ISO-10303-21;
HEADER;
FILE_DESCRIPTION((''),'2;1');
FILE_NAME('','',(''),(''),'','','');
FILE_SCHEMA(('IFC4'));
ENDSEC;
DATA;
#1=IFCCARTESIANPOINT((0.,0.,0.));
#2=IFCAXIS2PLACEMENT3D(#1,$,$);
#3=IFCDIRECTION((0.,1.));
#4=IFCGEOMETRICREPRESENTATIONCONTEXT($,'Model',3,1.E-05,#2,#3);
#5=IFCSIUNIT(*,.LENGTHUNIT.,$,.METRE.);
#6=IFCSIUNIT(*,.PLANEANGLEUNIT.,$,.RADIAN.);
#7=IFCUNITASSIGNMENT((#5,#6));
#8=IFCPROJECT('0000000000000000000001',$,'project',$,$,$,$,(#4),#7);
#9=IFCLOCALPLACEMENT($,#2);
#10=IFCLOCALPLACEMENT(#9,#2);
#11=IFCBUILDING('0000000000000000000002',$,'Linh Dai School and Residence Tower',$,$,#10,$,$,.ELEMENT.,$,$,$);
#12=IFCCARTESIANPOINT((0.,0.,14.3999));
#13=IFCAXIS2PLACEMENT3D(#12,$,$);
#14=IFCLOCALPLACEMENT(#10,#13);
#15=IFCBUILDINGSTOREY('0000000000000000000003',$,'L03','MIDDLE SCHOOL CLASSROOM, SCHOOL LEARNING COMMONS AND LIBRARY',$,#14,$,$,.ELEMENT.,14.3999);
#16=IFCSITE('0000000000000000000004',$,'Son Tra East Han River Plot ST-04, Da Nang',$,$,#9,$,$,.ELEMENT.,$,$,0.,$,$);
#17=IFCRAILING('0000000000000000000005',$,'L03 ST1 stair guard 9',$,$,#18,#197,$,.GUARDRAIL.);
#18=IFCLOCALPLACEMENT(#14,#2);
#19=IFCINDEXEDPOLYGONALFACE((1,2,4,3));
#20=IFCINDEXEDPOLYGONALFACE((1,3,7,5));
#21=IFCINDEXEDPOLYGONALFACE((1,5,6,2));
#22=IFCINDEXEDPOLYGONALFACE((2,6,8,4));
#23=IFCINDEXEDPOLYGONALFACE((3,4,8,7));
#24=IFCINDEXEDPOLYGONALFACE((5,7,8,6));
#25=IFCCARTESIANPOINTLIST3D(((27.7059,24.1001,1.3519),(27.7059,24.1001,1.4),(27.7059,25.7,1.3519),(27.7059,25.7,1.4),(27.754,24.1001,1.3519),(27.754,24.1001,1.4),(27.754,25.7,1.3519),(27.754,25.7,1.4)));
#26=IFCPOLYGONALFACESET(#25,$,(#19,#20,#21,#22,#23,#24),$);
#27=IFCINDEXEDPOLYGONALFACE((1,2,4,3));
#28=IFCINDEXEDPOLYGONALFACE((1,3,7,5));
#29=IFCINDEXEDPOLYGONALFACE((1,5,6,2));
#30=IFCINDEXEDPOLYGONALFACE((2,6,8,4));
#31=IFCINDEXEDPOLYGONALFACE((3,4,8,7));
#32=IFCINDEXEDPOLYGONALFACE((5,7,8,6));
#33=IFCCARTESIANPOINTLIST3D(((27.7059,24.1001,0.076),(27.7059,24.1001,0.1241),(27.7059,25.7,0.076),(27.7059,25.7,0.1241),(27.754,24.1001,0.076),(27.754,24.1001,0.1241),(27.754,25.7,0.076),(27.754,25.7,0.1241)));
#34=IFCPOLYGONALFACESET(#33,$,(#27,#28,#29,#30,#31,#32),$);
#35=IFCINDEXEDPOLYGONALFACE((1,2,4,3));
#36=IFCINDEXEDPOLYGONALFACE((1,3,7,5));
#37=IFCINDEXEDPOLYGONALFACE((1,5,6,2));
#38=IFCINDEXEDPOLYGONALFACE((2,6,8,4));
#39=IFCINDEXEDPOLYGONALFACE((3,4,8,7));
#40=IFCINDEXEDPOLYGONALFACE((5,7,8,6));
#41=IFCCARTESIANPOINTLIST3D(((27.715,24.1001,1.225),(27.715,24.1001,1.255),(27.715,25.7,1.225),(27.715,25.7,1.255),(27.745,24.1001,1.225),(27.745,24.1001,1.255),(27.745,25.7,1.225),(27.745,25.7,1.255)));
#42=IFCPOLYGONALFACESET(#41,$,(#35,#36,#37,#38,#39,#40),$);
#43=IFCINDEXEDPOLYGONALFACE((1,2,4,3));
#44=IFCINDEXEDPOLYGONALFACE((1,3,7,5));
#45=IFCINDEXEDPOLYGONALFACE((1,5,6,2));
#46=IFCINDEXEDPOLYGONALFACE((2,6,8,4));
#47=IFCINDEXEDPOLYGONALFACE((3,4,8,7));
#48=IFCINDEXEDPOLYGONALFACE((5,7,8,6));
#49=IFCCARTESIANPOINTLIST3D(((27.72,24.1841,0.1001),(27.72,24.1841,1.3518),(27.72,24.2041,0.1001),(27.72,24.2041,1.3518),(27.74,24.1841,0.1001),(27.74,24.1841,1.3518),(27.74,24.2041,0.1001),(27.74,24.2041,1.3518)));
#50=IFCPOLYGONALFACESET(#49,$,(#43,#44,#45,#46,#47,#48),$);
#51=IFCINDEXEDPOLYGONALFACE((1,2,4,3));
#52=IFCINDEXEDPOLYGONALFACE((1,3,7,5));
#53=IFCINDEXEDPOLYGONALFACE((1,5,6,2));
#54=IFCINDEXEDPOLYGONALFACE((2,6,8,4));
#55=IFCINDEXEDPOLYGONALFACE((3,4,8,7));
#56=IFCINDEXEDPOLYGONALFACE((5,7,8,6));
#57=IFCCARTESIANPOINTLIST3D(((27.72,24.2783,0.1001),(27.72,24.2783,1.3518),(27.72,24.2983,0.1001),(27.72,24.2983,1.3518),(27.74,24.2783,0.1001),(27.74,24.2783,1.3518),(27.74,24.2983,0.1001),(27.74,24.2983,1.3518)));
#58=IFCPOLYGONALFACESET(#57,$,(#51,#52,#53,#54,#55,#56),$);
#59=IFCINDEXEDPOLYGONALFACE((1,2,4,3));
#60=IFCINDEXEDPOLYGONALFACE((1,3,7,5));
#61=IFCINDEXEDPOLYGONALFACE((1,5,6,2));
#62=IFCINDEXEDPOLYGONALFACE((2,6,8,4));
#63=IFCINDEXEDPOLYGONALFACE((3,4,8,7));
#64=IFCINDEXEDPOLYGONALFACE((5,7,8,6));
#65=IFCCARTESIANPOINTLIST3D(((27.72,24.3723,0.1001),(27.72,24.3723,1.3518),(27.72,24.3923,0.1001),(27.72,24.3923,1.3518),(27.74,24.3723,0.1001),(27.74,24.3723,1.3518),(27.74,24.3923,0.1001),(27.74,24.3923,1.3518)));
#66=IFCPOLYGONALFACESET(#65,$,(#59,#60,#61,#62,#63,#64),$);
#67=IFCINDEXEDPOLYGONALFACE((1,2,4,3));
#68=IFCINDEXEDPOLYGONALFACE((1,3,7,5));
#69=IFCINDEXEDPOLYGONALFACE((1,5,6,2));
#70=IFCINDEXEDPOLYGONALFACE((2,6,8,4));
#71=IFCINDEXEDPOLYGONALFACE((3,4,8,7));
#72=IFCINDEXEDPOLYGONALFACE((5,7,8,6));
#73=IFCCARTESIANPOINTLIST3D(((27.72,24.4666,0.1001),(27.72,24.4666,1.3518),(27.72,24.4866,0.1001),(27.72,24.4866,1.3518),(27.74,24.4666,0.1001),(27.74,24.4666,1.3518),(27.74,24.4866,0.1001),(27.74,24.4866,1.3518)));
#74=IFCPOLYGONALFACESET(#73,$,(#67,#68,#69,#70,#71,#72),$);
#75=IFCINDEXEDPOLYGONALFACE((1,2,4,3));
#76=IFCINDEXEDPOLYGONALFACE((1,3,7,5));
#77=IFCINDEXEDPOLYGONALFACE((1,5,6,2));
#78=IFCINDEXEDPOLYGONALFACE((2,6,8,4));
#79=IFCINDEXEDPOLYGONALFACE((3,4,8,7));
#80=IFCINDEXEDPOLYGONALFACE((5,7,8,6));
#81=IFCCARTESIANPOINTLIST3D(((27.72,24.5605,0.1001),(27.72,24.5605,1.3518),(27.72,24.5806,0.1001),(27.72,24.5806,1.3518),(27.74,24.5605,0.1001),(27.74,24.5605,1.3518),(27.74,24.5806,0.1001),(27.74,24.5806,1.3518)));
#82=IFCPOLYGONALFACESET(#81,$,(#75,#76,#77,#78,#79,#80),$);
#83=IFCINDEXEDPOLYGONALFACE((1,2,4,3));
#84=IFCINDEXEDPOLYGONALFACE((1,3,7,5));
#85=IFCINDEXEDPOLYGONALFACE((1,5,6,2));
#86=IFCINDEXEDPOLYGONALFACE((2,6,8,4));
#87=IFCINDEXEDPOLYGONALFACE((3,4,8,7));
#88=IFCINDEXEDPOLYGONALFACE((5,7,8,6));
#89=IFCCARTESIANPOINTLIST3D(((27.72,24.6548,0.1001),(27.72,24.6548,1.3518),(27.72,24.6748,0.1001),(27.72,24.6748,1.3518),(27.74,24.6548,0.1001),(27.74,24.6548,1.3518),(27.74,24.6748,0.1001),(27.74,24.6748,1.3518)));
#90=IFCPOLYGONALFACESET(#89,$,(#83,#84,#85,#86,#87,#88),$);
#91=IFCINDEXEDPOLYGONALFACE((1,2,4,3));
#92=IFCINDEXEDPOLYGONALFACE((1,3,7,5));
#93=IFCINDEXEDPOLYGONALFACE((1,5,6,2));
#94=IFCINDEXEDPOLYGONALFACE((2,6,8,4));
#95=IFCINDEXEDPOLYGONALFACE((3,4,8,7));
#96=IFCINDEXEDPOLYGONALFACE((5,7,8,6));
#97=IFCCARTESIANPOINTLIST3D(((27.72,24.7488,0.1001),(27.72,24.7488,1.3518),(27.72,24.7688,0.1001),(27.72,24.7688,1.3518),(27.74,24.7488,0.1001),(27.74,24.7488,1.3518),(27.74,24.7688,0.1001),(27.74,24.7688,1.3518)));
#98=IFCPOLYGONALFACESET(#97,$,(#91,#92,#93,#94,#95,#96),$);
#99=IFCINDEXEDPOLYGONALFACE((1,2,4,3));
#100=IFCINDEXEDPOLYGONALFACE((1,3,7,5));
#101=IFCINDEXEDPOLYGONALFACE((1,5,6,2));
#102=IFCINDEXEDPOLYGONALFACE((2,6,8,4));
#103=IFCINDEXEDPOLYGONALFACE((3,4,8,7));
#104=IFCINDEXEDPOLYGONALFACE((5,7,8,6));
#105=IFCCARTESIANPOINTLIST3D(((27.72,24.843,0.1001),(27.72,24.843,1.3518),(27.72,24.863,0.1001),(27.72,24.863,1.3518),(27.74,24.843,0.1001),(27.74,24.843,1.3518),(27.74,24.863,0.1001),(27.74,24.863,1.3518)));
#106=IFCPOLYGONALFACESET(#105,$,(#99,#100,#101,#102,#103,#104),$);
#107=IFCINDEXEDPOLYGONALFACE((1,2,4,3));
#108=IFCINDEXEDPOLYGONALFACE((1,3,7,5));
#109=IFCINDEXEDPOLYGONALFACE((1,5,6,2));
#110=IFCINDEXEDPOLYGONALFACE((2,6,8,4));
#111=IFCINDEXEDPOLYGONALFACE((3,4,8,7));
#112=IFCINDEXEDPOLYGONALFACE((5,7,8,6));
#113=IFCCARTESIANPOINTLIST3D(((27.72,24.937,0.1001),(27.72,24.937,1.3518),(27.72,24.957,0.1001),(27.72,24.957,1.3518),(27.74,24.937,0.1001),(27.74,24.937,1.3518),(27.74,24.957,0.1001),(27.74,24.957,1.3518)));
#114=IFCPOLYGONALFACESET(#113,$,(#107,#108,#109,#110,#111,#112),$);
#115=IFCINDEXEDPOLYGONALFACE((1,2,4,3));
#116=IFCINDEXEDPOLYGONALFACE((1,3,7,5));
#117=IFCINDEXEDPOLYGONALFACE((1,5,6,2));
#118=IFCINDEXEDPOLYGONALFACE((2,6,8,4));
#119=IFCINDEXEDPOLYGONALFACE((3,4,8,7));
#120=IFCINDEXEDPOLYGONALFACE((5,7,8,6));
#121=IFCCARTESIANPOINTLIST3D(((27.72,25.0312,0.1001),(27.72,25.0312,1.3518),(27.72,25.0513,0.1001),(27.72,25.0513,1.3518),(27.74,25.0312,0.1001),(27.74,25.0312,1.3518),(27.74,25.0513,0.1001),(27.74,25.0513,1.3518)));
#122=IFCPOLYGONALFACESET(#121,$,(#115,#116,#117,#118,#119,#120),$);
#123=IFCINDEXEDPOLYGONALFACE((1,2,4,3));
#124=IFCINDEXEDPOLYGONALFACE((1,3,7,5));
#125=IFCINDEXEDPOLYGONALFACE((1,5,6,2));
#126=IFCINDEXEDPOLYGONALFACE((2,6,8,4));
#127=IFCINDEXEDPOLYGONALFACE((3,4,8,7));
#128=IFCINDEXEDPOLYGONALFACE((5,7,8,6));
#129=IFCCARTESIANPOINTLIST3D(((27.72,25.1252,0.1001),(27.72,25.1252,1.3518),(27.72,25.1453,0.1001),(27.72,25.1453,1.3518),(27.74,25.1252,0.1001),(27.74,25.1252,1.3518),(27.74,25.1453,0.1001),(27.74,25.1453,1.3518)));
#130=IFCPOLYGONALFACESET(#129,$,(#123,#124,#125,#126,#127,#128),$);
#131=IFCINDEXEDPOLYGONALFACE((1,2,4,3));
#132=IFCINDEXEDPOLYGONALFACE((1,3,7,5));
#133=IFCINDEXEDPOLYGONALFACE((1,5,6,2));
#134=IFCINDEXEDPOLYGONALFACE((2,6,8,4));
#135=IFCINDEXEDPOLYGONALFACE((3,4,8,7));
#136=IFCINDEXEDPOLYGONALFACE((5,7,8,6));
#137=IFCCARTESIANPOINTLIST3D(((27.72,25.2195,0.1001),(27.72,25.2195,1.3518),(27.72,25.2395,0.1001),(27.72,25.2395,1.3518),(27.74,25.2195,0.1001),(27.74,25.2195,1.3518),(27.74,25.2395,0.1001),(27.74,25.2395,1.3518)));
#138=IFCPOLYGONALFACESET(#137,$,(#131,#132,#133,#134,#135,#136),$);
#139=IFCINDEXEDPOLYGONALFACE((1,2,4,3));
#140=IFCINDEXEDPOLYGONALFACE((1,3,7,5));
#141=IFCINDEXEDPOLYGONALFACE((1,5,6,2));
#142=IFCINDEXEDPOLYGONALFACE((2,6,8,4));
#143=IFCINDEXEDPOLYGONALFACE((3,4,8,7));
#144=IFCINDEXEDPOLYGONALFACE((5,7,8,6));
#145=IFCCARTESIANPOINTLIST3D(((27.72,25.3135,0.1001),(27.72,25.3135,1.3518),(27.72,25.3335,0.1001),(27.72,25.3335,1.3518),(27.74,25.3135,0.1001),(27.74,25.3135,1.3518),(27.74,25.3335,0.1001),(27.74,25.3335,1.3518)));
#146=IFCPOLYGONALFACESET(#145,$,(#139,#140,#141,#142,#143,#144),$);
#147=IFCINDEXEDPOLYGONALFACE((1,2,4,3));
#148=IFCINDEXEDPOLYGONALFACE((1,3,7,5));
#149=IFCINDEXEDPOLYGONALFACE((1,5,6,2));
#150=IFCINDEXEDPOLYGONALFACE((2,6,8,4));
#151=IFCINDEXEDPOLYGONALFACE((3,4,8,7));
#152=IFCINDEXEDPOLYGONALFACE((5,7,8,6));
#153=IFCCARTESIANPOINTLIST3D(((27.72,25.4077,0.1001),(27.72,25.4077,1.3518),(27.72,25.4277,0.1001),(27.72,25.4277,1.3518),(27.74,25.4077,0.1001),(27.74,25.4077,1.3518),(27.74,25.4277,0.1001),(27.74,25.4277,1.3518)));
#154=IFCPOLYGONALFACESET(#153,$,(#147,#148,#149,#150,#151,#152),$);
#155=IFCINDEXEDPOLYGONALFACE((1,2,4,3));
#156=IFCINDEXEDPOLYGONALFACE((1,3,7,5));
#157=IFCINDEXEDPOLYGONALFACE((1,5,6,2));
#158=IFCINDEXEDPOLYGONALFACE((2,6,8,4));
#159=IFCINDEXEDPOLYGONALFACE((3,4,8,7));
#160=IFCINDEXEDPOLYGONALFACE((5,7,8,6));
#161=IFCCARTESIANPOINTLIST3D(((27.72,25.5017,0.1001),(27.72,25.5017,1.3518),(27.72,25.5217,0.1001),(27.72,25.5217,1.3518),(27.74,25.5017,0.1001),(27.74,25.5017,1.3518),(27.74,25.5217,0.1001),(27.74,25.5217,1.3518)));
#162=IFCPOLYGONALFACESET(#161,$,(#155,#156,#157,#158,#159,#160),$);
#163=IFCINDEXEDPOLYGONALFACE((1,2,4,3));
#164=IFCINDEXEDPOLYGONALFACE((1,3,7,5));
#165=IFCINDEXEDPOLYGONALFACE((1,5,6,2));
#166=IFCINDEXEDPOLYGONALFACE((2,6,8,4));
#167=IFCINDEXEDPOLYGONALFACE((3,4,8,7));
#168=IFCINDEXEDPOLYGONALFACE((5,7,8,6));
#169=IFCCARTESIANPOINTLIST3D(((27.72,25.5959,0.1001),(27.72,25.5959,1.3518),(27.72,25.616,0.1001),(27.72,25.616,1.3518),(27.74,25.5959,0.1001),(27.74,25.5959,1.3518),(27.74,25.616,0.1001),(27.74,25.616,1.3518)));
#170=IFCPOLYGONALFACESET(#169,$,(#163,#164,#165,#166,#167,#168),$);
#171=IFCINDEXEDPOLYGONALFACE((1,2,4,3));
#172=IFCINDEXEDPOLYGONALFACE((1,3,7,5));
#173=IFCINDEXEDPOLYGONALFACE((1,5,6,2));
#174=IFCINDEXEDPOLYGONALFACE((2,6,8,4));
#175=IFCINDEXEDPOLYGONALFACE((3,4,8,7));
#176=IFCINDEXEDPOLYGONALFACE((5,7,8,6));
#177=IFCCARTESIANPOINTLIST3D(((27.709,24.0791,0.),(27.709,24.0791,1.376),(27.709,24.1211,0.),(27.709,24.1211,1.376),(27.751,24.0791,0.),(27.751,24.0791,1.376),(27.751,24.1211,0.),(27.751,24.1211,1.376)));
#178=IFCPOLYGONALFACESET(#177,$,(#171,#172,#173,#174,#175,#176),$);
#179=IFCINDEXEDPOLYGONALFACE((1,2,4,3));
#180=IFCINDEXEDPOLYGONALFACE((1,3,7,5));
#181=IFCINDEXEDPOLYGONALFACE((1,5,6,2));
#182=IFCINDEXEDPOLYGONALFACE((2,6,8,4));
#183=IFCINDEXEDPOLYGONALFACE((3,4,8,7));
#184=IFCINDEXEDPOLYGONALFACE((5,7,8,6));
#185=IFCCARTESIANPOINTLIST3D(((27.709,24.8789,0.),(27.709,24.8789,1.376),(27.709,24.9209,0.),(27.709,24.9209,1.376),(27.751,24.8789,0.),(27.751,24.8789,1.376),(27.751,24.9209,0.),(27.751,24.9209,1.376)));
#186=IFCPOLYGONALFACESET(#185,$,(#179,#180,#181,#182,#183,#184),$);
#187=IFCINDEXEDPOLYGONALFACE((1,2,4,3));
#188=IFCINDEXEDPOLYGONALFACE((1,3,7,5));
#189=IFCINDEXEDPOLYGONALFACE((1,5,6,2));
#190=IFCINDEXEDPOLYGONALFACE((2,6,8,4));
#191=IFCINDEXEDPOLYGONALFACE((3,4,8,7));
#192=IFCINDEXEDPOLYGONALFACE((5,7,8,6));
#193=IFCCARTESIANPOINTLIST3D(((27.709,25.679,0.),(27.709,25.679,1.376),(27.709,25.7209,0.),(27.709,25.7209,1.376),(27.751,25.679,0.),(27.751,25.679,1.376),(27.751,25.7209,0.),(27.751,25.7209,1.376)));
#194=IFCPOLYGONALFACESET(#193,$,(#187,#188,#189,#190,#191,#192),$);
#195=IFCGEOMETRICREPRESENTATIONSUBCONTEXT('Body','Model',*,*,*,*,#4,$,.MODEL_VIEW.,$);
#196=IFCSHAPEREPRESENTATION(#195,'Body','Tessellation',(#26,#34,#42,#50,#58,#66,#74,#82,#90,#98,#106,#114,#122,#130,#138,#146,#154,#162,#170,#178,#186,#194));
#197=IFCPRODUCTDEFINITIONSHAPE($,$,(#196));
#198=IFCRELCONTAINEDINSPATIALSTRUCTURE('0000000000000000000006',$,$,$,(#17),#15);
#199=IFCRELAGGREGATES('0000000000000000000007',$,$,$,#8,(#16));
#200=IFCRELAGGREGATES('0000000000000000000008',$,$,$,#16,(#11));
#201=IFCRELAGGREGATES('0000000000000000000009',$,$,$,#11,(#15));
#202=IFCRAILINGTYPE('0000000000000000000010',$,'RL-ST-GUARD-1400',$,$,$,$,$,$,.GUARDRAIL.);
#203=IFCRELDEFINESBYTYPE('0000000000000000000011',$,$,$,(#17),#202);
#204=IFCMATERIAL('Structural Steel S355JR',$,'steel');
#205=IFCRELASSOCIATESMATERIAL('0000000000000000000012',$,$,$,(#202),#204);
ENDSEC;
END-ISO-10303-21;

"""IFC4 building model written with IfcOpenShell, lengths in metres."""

from ifc_helpers import new_model, si_unit, direction, frame, origin, origin_2d, place, context, subcontext, project, spatial, rectangle, extrude, source, transform, mapped, material, type_object, element, save


model = new_model("IFC4")

# Units and contexts
model_context = context("Model", 3, precision=1e-05, world=origin(), true_north=direction((0.0, 1.0)))
body_context = subcontext(model_context, "Body", "Model", "MODEL_VIEW")
ifc_project = project(units=[si_unit("LENGTHUNIT", "METRE"), si_unit("PLANEANGLEUNIT", "RADIAN")], contexts=[model_context])

# Site, building, storey
site_placement = place(None, origin())
site = spatial("IfcSite", under=ifc_project, at=site_placement, Name="Son Tra East Han River Plot ST-04, Da Nang", CompositionType="ELEMENT", RefElevation=0.0)
building_placement = place(site_placement, origin())
building = spatial("IfcBuilding", under=site, at=building_placement, Name="Linh Dai School and Residence Tower", CompositionType="ELEMENT")
storey_placement = place(building_placement, frame((0.0, 0.0, 14.3999)))
storey = spatial("IfcBuildingStorey", under=building, at=storey_placement, Name="L03", Description="MIDDLE SCHOOL CLASSROOM, SCHOOL LEARNING COMMONS AND LIBRARY", CompositionType="ELEMENT", Elevation=14.3999)

# Shared definitions
ifc_material_1 = material(Name="Structural Steel S355JR", Category="steel")

# Railing
railing_type_1 = type_object("IfcRailingType", Name="RL-ST-GUARD-1400", PredefinedType="GUARDRAIL", material=ifc_material_1)
shared_shape_1 = source(origin(), body_context, "Body", "SweptSolid", [
    extrude(rectangle(XDim=0.0481, YDim=0.0481, at=origin_2d()), frame((0.0, 0.0, 1.376), z_axis=(0.0, 1.0, 0.0), x_axis=(-1.0, 0.0, 0.0)), (0.0, 0.0, 1.0), 1.5999),
    extrude(rectangle(XDim=0.0481, YDim=0.0481, at=origin_2d()), frame((0.0, 0.0, 0.1001), z_axis=(0.0, 1.0, 0.0), x_axis=(-1.0, 0.0, 0.0)), (0.0, 0.0, 1.0), 1.5999),
    extrude(rectangle(XDim=0.03, YDim=0.03, at=origin_2d()), frame((0.0, 0.0, 1.24), z_axis=(0.0, 1.0, 0.0), x_axis=(-1.0, 0.0, 0.0)), (0.0, 0.0, 1.0), 1.5999),
    extrude(rectangle(XDim=0.02, YDim=0.02, at=origin_2d()), frame((0.0, 0.094, 0.1001)), (0.0, 0.0, 1.0), 1.2517),
    extrude(rectangle(XDim=0.02, YDim=0.02, at=origin_2d()), frame((0.0, 0.1882, 0.1001)), (0.0, 0.0, 1.0), 1.2517),
    extrude(rectangle(XDim=0.02, YDim=0.02, at=origin_2d()), frame((0.0, 0.2822, 0.1001)), (0.0, 0.0, 1.0), 1.2517),
    extrude(rectangle(XDim=0.02, YDim=0.02, at=origin_2d()), frame((0.0, 0.3765, 0.1001)), (0.0, 0.0, 1.0), 1.2517),
    extrude(rectangle(XDim=0.02, YDim=0.02, at=origin_2d()), frame((0.0, 0.4705, 0.1001)), (0.0, 0.0, 1.0), 1.2517),
    extrude(rectangle(XDim=0.02, YDim=0.02, at=origin_2d()), frame((0.0, 0.5647, 0.1001)), (0.0, 0.0, 1.0), 1.2517),
    extrude(rectangle(XDim=0.02, YDim=0.02, at=origin_2d()), frame((0.0, 0.6587, 0.1001)), (0.0, 0.0, 1.0), 1.2517),
    extrude(rectangle(XDim=0.02, YDim=0.02, at=origin_2d()), frame((0.0, 0.7529, 0.1001)), (0.0, 0.0, 1.0), 1.2517),
    extrude(rectangle(XDim=0.02, YDim=0.02, at=origin_2d()), frame((0.0, 0.8469, 0.1001)), (0.0, 0.0, 1.0), 1.2517),
    extrude(rectangle(XDim=0.02, YDim=0.02, at=origin_2d()), frame((0.0, 0.9412, 0.1001)), (0.0, 0.0, 1.0), 1.2517),
    extrude(rectangle(XDim=0.02, YDim=0.02, at=origin_2d()), frame((0.0, 1.0352, 0.1001)), (0.0, 0.0, 1.0), 1.2517),
    extrude(rectangle(XDim=0.02, YDim=0.02, at=origin_2d()), frame((0.0, 1.1294, 0.1001)), (0.0, 0.0, 1.0), 1.2517),
    extrude(rectangle(XDim=0.02, YDim=0.02, at=origin_2d()), frame((0.0, 1.2234, 0.1001)), (0.0, 0.0, 1.0), 1.2517),
    extrude(rectangle(XDim=0.02, YDim=0.02, at=origin_2d()), frame((0.0, 1.3176, 0.1001)), (0.0, 0.0, 1.0), 1.2517),
    extrude(rectangle(XDim=0.02, YDim=0.02, at=origin_2d()), frame((0.0, 1.4116, 0.1001)), (0.0, 0.0, 1.0), 1.2517),
    extrude(rectangle(XDim=0.02, YDim=0.02, at=origin_2d()), frame((0.0, 1.5059, 0.1001)), (0.0, 0.0, 1.0), 1.2517),
    extrude(rectangle(XDim=0.042, YDim=0.042, at=origin_2d()), origin(), (0.0, 0.0, 1.0), 1.376),
    extrude(rectangle(XDim=0.042, YDim=0.042, at=origin_2d()), frame((0.0, 0.7998, 0.0)), (0.0, 0.0, 1.0), 1.376),
    extrude(rectangle(XDim=0.042, YDim=0.042, at=origin_2d()), frame((0.0, 1.5999, 0.0)), (0.0, 0.0, 1.0), 1.376),
])
for number, where, name in (
    (1, (27.73, 24.1001, 0.0), "L03 ST1 stair guard 9"),
):
    element("IfcRailing", number, at=place(storey_placement, frame(where)), inside=storey, type_object=railing_type_1, Name=name, PredefinedType="GUARDRAIL", context=body_context, shape_type="MappedRepresentation", body=[
        mapped(shared_shape_1, transform((0.0, 0.0, 0.0), x_axis=(1.0, 0.0, 0.0), y_axis=(0.0, 1.0, 0.0), z_axis=(0.0, 0.0, 1.0), scale=1.0)),
    ])

save(model, "model.ifc")
